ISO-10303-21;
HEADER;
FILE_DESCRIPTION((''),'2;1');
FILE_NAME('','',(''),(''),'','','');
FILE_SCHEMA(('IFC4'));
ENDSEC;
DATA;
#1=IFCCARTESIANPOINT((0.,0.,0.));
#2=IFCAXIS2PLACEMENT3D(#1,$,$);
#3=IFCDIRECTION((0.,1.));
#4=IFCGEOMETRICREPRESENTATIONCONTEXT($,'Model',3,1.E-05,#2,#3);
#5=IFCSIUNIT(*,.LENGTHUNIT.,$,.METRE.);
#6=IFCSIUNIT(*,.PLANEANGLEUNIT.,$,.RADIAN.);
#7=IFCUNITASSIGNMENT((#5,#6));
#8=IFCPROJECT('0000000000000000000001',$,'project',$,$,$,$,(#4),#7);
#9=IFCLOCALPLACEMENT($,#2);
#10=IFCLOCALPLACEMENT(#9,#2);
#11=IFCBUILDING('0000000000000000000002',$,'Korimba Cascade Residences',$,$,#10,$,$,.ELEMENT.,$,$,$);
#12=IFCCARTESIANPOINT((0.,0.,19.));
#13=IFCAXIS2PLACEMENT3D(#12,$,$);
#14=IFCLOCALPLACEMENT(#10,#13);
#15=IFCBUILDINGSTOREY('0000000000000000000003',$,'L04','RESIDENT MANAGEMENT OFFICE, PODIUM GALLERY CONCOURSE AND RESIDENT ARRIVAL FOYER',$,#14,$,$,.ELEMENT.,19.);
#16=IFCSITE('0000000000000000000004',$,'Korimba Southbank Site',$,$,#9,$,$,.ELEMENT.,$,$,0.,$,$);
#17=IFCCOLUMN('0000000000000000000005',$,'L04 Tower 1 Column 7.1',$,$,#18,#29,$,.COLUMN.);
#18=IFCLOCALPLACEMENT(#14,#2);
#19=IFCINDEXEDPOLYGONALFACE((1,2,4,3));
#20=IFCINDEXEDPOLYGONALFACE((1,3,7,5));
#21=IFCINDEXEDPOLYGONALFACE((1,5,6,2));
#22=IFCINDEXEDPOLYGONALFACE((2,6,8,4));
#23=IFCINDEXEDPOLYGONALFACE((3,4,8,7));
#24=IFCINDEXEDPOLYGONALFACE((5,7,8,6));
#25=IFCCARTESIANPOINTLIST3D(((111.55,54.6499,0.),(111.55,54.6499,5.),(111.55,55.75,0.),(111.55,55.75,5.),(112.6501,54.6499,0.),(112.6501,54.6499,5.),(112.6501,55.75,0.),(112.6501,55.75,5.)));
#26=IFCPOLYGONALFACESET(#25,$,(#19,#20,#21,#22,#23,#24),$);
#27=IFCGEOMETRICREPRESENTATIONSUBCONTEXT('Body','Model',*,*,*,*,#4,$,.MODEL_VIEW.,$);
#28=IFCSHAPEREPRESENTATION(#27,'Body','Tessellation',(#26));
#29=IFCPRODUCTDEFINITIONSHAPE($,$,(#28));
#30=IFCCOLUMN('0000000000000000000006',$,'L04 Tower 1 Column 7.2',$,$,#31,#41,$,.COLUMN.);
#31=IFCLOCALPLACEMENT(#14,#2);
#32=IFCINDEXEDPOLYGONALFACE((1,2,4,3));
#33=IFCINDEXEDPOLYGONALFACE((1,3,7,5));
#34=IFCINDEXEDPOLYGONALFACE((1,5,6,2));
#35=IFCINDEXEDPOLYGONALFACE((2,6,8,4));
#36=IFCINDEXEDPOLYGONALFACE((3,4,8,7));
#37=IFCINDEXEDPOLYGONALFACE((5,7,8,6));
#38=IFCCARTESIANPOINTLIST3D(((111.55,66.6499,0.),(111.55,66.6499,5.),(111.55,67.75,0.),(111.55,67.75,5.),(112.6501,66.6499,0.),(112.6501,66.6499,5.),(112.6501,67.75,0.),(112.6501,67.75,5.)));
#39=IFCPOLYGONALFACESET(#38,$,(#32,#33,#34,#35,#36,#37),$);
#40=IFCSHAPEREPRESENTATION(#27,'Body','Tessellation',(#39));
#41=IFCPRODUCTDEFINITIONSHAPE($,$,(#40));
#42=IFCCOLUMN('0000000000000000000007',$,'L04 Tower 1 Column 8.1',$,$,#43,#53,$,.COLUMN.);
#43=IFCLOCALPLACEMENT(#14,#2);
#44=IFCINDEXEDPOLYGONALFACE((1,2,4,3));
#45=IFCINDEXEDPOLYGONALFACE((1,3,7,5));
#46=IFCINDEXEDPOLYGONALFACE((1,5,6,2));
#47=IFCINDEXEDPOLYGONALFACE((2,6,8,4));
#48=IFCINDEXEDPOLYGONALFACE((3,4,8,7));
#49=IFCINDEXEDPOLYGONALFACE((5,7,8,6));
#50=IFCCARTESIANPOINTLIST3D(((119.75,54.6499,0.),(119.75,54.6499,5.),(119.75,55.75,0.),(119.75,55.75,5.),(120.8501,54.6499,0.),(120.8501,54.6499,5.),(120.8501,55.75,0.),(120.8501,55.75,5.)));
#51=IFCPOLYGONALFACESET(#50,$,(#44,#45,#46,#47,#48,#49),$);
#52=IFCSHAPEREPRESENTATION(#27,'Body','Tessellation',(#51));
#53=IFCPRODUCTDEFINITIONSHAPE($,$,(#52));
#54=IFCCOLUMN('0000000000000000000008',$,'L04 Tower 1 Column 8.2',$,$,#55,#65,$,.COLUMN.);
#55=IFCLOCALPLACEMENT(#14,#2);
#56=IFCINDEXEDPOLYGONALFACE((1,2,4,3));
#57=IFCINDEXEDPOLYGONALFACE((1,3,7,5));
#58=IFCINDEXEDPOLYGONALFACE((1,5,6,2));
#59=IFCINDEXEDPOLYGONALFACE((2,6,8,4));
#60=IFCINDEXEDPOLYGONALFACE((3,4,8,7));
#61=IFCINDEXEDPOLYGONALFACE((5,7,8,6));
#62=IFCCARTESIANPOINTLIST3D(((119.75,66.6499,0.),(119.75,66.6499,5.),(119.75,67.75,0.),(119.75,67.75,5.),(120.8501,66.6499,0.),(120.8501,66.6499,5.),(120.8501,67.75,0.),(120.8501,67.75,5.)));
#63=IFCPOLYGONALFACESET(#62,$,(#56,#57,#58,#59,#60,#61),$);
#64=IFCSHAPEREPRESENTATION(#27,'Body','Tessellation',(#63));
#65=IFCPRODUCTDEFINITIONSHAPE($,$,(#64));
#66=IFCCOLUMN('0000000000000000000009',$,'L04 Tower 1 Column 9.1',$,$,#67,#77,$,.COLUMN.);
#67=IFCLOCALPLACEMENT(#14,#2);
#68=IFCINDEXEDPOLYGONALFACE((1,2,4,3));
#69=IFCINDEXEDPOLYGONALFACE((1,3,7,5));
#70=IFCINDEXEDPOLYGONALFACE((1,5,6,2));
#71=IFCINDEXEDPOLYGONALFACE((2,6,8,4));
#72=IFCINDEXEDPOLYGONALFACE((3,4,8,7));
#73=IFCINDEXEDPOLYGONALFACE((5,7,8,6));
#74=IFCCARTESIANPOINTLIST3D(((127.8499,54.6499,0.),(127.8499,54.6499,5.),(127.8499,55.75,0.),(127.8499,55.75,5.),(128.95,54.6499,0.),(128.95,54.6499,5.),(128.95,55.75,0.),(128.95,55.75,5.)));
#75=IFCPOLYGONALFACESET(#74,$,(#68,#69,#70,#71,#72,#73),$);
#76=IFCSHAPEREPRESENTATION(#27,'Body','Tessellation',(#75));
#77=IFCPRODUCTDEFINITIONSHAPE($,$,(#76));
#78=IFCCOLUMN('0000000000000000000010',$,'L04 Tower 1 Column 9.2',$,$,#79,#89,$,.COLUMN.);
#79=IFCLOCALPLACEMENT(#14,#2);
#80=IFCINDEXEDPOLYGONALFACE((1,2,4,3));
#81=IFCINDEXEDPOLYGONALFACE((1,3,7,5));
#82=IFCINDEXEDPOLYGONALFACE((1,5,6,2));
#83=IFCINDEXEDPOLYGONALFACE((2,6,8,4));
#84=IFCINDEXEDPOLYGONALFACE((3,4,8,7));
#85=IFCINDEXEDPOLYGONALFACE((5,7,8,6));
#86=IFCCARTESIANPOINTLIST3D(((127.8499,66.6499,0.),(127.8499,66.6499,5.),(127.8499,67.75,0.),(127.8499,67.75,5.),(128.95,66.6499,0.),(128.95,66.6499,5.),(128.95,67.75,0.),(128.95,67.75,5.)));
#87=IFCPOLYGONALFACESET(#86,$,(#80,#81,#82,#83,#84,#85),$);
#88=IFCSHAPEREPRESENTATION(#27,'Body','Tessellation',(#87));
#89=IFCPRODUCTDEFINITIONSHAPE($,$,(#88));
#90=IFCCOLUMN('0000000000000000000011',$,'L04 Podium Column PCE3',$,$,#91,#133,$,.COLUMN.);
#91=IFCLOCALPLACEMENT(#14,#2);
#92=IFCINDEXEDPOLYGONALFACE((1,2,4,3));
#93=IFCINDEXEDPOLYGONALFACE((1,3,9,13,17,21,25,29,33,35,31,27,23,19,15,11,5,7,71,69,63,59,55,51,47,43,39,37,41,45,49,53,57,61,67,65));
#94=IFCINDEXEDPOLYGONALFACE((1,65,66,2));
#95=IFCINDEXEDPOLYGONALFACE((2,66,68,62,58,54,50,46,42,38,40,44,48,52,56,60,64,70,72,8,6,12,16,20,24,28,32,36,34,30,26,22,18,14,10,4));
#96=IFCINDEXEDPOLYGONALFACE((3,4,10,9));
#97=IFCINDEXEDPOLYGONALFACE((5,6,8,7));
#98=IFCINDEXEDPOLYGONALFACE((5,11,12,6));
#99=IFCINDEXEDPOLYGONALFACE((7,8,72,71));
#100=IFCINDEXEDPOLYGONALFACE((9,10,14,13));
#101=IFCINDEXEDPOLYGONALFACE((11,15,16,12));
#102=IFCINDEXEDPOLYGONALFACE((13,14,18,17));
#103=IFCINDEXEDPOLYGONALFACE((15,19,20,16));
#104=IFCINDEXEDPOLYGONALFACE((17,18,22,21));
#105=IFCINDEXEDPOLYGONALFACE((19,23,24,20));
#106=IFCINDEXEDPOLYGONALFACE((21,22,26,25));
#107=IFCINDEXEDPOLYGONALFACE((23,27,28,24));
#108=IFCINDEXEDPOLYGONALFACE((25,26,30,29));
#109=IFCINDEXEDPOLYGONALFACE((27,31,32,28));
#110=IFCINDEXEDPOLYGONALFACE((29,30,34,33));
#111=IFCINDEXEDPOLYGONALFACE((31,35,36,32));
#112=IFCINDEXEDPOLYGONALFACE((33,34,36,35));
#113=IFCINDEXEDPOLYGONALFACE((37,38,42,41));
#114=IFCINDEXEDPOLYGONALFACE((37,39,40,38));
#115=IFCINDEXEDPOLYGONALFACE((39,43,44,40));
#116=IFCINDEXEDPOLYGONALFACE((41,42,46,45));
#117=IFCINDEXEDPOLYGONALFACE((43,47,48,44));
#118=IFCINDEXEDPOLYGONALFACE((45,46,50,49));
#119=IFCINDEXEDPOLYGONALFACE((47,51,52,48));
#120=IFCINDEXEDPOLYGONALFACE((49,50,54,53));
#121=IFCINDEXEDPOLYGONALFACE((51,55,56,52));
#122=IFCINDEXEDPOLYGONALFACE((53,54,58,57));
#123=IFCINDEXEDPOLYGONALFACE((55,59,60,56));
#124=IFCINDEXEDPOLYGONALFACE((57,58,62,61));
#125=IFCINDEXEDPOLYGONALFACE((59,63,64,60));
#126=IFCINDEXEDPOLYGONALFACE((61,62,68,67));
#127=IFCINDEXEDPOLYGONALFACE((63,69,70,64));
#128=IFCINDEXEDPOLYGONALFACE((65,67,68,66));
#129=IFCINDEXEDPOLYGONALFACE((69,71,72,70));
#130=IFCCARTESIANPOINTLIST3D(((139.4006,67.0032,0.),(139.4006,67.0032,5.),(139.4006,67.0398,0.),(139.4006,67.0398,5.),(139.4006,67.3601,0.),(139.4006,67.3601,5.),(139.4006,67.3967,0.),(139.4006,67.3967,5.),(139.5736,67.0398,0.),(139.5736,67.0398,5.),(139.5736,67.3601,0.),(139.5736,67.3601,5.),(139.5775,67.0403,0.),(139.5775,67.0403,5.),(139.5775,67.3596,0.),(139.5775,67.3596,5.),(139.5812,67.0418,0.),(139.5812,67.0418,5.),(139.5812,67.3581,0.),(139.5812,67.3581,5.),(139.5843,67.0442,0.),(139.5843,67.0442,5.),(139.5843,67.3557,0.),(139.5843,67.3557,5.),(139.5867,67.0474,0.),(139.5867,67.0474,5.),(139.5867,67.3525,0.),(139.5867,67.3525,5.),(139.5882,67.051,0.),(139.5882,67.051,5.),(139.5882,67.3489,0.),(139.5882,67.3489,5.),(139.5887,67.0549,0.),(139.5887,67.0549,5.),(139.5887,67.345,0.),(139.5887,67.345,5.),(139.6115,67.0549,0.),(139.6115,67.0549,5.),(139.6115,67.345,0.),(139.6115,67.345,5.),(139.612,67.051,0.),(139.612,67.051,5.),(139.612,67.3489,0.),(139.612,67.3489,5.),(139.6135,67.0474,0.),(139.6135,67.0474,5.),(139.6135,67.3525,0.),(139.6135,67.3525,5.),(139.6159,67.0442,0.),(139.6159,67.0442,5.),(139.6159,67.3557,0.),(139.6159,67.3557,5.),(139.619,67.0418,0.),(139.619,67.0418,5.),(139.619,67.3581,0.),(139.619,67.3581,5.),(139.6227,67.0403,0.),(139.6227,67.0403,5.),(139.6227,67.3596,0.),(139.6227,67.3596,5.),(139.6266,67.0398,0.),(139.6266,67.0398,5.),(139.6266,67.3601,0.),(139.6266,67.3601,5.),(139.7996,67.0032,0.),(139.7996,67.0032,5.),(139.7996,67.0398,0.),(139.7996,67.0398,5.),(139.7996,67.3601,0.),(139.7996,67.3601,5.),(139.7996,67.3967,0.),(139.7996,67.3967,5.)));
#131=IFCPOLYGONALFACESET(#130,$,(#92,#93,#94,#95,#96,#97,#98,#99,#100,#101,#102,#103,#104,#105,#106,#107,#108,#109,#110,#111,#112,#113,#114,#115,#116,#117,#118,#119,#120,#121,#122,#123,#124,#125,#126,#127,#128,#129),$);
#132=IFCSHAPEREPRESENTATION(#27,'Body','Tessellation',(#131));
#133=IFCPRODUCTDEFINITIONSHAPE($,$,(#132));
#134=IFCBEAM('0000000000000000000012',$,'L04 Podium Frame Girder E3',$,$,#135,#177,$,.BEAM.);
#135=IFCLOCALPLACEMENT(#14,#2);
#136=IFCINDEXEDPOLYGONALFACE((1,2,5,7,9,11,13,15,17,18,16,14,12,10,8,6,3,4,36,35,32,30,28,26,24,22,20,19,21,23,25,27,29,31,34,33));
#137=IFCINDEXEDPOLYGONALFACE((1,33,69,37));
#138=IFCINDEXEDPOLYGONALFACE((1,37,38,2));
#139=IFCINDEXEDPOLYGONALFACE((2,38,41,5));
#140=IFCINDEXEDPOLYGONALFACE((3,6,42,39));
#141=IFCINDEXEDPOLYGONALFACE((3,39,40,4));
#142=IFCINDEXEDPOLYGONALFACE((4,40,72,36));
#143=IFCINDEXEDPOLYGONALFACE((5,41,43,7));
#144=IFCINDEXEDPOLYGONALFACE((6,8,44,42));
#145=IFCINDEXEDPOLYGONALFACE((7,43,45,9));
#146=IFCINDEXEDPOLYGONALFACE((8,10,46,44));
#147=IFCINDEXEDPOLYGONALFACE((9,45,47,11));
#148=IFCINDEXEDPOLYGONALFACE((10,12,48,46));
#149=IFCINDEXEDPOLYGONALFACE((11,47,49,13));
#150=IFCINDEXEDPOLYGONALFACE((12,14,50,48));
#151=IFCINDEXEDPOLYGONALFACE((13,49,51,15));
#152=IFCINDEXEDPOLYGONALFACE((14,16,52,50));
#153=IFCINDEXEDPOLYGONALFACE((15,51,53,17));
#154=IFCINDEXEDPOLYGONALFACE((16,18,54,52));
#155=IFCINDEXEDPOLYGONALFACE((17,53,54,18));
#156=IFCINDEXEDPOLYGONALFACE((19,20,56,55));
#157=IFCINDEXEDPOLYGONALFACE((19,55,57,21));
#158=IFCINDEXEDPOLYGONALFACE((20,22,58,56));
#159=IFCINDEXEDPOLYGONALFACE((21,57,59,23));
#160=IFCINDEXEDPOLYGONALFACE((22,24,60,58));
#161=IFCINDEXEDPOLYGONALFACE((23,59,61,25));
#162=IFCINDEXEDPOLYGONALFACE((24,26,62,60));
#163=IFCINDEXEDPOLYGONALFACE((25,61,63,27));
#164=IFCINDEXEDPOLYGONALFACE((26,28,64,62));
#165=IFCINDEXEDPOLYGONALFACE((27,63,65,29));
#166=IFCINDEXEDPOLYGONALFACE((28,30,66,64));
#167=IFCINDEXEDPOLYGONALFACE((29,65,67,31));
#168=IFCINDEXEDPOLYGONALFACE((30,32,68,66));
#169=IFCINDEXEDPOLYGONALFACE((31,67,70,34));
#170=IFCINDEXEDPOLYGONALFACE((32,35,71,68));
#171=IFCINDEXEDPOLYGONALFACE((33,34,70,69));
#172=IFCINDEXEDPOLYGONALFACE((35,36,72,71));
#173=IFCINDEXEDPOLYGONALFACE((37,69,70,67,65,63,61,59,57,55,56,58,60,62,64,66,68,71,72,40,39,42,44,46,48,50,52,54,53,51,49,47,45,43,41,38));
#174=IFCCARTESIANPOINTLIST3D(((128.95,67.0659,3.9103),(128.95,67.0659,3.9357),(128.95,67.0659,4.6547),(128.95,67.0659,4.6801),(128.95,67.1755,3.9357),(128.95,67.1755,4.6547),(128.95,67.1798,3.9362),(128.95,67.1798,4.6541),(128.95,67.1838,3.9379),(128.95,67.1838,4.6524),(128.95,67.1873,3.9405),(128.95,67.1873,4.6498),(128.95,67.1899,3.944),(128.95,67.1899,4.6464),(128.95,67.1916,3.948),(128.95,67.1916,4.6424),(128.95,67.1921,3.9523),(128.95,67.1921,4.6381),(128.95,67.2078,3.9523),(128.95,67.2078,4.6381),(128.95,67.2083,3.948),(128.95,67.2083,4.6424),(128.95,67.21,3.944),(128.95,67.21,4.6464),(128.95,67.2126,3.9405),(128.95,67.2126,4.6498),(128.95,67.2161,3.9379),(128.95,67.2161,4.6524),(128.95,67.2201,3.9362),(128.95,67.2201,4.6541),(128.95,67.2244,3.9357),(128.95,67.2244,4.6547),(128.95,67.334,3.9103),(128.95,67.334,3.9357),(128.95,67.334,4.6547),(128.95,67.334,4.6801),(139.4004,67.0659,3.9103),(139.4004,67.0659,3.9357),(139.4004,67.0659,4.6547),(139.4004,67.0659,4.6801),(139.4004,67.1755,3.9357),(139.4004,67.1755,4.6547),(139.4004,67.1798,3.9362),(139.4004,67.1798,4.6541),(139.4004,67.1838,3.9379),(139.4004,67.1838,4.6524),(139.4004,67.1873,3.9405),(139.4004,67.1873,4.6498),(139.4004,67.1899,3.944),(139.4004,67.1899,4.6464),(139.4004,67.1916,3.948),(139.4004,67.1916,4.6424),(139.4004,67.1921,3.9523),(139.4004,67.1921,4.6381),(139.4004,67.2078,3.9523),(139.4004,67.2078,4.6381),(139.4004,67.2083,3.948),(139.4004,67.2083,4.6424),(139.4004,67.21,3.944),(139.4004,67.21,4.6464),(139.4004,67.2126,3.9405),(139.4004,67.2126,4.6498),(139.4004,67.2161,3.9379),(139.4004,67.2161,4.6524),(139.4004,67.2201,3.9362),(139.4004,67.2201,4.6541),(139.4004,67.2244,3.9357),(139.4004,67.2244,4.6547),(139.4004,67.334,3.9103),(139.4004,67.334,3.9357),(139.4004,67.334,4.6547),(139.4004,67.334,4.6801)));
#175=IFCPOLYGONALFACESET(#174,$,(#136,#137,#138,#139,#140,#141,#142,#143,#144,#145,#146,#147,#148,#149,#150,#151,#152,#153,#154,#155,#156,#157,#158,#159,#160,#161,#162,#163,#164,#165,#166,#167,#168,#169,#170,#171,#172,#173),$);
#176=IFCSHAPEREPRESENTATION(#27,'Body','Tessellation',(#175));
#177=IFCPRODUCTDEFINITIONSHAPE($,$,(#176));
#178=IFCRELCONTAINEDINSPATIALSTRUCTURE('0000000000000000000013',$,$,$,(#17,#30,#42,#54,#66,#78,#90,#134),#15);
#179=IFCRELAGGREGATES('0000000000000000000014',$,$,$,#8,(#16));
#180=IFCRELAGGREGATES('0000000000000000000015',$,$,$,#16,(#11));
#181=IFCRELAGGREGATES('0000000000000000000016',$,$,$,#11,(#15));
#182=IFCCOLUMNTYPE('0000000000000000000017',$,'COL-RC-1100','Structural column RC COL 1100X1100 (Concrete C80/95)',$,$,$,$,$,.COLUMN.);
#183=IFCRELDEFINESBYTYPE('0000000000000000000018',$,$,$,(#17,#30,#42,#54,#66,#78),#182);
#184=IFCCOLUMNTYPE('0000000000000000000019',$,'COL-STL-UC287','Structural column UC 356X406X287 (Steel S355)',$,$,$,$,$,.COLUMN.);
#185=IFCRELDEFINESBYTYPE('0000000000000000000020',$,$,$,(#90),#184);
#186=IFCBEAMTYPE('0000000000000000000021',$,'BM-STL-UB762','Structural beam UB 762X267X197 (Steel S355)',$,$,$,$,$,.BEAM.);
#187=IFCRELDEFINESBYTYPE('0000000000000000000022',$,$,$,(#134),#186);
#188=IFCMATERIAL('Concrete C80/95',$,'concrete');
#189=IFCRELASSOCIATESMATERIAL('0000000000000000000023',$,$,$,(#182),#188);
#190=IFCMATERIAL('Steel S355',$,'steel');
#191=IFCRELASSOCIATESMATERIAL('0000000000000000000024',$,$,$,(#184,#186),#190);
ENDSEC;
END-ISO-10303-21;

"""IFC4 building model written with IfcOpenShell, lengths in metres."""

from ifc_helpers import new_model, si_unit, direction, frame, origin, origin_2d, place, context, subcontext, project, spatial, rectangle, i_section, extrude, material, material_profile, profile_set, type_object, element, save


model = new_model("IFC4")

# Units and contexts
model_context = context("Model", 3, precision=1e-05, world=origin(), true_north=direction((0.0, 1.0)))
body_context = subcontext(model_context, "Body", "Model", "MODEL_VIEW")
ifc_project = project(units=[si_unit("LENGTHUNIT", "METRE"), si_unit("PLANEANGLEUNIT", "RADIAN")], contexts=[model_context])

# Site, building, storey
site_placement = place(None, origin())
site = spatial("IfcSite", under=ifc_project, at=site_placement, Name="Korimba Southbank Site", CompositionType="ELEMENT", RefElevation=0.0)
building_placement = place(site_placement, origin())
building = spatial("IfcBuilding", under=site, at=building_placement, Name="Korimba Cascade Residences", CompositionType="ELEMENT")
storey_placement = place(building_placement, frame((0.0, 0.0, 19.0)))
storey = spatial("IfcBuildingStorey", under=building, at=storey_placement, Name="L04", Description="RESIDENT MANAGEMENT OFFICE, PODIUM GALLERY CONCOURSE AND RESIDENT ARRIVAL FOYER", CompositionType="ELEMENT", Elevation=19.0)

# Columns
ifc_material_1 = material(Name="Concrete C80/95", Category="concrete")
ifc_material_profile_1 = material_profile(ifc_material_1, rectangle(XDim=1.1001, YDim=1.1001, at=origin_2d()), Name="Concrete C80/95")
ifc_profile_set_1 = profile_set([ifc_material_profile_1], Name="Concrete C80/95")
column_type_1 = type_object("IfcColumnType", Name="COL-RC-1100", Description="Structural column RC COL 1100X1100 (Concrete C80/95)", PredefinedType="COLUMN", material=ifc_profile_set_1)
for number, where, z_axis, x_axis, name in (
    (1, (112.1001, 55.2, 0.0), (0.0, 0.0, 1.0), (1.0, 0.0, 0.0), "L04 Tower 1 Column 7.1"),
    (2, (112.1001, 67.2, 0.0), (0.0, 0.0, 1.0), (1.0, 0.0, 0.0), "L04 Tower 1 Column 7.2"),
    (3, (120.3, 55.2, 0.0), (0.0, 0.0, 1.0), (1.0, 0.0, 0.0), "L04 Tower 1 Column 8.1"),
    (4, (120.3, 67.2, 0.0), (0.0, 0.0, 1.0), (1.0, 0.0, 0.0), "L04 Tower 1 Column 8.2"),
    (5, (128.3999, 55.2, 0.0), (0.0, 0.0, 1.0), (1.0, 0.0, 0.0), "L04 Tower 1 Column 9.1"),
    (6, (128.3999, 67.2, 0.0), (0.0, 0.0, 1.0), (1.0, 0.0, 0.0), "L04 Tower 1 Column 9.2"),
):
    element("IfcColumn", number, at=place(storey_placement, frame(where, z_axis=z_axis, x_axis=x_axis)), inside=storey, type_object=column_type_1, Name=name, PredefinedType="COLUMN", context=body_context, shape_type="SweptSolid", body=[
        extrude(rectangle(XDim=1.1001, YDim=1.1001, at=origin_2d()), origin(), (0.0, 0.0, 1.0), 5.0),
    ])
ifc_material_2 = material(Name="Steel S355", Category="steel")
ifc_material_profile_2 = material_profile(ifc_material_2, i_section(OverallWidth=0.3989, OverallDepth=0.3936, WebThickness=0.0227, FlangeThickness=0.0366, FilletRadius=0.0151, at=origin_2d()), Name="Steel S355")
ifc_profile_set_2 = profile_set([ifc_material_profile_2], Name="Steel S355")
column_type_2 = type_object("IfcColumnType", Name="COL-STL-UC287", Description="Structural column UC 356X406X287 (Steel S355)", PredefinedType="COLUMN", material=ifc_profile_set_2)
column_placement = place(storey_placement, frame((139.6001, 67.2, 0.0), z_axis=(0.0, 0.0, 1.0), x_axis=(1.0, 0.0, 0.0)))
element("IfcColumn", 7, at=column_placement, inside=storey, type_object=column_type_2, Name="L04 Podium Column PCE3", PredefinedType="COLUMN", context=body_context, shape_type="SweptSolid", body=[
    extrude(i_section(OverallWidth=0.3989, OverallDepth=0.3936, WebThickness=0.0227, FlangeThickness=0.0366, FilletRadius=0.0151, at=origin_2d()), origin(), (0.0, 0.0, 1.0), 5.0),
])

# Beam
ifc_material_profile_3 = material_profile(ifc_material_2, i_section(OverallWidth=0.2681, OverallDepth=0.7698, WebThickness=0.0156, FlangeThickness=0.0254, FilletRadius=0.0166, at=origin_2d()), Name="Steel S355")
ifc_profile_set_3 = profile_set([ifc_material_profile_3], Name="Steel S355")
beam_type_1 = type_object("IfcBeamType", Name="BM-STL-UB762", Description="Structural beam UB 762X267X197 (Steel S355)", PredefinedType="BEAM", material=ifc_profile_set_3)
beam_1_placement = place(storey_placement, frame((128.95, 67.2, 4.2952), z_axis=(1.0, 0.0, 0.0), x_axis=(0.0, 1.0, 0.0)))
element("IfcBeam", 8, at=beam_1_placement, inside=storey, type_object=beam_type_1, Name="L04 Podium Frame Girder E3", PredefinedType="BEAM", context=body_context, shape_type="SweptSolid", body=[
    extrude(i_section(OverallWidth=0.2681, OverallDepth=0.7698, WebThickness=0.0156, FlangeThickness=0.0254, FilletRadius=0.0166, at=origin_2d()), origin(), (0.0, 0.0, 1.0), 10.4504),
])

save(model, "model.ifc")
